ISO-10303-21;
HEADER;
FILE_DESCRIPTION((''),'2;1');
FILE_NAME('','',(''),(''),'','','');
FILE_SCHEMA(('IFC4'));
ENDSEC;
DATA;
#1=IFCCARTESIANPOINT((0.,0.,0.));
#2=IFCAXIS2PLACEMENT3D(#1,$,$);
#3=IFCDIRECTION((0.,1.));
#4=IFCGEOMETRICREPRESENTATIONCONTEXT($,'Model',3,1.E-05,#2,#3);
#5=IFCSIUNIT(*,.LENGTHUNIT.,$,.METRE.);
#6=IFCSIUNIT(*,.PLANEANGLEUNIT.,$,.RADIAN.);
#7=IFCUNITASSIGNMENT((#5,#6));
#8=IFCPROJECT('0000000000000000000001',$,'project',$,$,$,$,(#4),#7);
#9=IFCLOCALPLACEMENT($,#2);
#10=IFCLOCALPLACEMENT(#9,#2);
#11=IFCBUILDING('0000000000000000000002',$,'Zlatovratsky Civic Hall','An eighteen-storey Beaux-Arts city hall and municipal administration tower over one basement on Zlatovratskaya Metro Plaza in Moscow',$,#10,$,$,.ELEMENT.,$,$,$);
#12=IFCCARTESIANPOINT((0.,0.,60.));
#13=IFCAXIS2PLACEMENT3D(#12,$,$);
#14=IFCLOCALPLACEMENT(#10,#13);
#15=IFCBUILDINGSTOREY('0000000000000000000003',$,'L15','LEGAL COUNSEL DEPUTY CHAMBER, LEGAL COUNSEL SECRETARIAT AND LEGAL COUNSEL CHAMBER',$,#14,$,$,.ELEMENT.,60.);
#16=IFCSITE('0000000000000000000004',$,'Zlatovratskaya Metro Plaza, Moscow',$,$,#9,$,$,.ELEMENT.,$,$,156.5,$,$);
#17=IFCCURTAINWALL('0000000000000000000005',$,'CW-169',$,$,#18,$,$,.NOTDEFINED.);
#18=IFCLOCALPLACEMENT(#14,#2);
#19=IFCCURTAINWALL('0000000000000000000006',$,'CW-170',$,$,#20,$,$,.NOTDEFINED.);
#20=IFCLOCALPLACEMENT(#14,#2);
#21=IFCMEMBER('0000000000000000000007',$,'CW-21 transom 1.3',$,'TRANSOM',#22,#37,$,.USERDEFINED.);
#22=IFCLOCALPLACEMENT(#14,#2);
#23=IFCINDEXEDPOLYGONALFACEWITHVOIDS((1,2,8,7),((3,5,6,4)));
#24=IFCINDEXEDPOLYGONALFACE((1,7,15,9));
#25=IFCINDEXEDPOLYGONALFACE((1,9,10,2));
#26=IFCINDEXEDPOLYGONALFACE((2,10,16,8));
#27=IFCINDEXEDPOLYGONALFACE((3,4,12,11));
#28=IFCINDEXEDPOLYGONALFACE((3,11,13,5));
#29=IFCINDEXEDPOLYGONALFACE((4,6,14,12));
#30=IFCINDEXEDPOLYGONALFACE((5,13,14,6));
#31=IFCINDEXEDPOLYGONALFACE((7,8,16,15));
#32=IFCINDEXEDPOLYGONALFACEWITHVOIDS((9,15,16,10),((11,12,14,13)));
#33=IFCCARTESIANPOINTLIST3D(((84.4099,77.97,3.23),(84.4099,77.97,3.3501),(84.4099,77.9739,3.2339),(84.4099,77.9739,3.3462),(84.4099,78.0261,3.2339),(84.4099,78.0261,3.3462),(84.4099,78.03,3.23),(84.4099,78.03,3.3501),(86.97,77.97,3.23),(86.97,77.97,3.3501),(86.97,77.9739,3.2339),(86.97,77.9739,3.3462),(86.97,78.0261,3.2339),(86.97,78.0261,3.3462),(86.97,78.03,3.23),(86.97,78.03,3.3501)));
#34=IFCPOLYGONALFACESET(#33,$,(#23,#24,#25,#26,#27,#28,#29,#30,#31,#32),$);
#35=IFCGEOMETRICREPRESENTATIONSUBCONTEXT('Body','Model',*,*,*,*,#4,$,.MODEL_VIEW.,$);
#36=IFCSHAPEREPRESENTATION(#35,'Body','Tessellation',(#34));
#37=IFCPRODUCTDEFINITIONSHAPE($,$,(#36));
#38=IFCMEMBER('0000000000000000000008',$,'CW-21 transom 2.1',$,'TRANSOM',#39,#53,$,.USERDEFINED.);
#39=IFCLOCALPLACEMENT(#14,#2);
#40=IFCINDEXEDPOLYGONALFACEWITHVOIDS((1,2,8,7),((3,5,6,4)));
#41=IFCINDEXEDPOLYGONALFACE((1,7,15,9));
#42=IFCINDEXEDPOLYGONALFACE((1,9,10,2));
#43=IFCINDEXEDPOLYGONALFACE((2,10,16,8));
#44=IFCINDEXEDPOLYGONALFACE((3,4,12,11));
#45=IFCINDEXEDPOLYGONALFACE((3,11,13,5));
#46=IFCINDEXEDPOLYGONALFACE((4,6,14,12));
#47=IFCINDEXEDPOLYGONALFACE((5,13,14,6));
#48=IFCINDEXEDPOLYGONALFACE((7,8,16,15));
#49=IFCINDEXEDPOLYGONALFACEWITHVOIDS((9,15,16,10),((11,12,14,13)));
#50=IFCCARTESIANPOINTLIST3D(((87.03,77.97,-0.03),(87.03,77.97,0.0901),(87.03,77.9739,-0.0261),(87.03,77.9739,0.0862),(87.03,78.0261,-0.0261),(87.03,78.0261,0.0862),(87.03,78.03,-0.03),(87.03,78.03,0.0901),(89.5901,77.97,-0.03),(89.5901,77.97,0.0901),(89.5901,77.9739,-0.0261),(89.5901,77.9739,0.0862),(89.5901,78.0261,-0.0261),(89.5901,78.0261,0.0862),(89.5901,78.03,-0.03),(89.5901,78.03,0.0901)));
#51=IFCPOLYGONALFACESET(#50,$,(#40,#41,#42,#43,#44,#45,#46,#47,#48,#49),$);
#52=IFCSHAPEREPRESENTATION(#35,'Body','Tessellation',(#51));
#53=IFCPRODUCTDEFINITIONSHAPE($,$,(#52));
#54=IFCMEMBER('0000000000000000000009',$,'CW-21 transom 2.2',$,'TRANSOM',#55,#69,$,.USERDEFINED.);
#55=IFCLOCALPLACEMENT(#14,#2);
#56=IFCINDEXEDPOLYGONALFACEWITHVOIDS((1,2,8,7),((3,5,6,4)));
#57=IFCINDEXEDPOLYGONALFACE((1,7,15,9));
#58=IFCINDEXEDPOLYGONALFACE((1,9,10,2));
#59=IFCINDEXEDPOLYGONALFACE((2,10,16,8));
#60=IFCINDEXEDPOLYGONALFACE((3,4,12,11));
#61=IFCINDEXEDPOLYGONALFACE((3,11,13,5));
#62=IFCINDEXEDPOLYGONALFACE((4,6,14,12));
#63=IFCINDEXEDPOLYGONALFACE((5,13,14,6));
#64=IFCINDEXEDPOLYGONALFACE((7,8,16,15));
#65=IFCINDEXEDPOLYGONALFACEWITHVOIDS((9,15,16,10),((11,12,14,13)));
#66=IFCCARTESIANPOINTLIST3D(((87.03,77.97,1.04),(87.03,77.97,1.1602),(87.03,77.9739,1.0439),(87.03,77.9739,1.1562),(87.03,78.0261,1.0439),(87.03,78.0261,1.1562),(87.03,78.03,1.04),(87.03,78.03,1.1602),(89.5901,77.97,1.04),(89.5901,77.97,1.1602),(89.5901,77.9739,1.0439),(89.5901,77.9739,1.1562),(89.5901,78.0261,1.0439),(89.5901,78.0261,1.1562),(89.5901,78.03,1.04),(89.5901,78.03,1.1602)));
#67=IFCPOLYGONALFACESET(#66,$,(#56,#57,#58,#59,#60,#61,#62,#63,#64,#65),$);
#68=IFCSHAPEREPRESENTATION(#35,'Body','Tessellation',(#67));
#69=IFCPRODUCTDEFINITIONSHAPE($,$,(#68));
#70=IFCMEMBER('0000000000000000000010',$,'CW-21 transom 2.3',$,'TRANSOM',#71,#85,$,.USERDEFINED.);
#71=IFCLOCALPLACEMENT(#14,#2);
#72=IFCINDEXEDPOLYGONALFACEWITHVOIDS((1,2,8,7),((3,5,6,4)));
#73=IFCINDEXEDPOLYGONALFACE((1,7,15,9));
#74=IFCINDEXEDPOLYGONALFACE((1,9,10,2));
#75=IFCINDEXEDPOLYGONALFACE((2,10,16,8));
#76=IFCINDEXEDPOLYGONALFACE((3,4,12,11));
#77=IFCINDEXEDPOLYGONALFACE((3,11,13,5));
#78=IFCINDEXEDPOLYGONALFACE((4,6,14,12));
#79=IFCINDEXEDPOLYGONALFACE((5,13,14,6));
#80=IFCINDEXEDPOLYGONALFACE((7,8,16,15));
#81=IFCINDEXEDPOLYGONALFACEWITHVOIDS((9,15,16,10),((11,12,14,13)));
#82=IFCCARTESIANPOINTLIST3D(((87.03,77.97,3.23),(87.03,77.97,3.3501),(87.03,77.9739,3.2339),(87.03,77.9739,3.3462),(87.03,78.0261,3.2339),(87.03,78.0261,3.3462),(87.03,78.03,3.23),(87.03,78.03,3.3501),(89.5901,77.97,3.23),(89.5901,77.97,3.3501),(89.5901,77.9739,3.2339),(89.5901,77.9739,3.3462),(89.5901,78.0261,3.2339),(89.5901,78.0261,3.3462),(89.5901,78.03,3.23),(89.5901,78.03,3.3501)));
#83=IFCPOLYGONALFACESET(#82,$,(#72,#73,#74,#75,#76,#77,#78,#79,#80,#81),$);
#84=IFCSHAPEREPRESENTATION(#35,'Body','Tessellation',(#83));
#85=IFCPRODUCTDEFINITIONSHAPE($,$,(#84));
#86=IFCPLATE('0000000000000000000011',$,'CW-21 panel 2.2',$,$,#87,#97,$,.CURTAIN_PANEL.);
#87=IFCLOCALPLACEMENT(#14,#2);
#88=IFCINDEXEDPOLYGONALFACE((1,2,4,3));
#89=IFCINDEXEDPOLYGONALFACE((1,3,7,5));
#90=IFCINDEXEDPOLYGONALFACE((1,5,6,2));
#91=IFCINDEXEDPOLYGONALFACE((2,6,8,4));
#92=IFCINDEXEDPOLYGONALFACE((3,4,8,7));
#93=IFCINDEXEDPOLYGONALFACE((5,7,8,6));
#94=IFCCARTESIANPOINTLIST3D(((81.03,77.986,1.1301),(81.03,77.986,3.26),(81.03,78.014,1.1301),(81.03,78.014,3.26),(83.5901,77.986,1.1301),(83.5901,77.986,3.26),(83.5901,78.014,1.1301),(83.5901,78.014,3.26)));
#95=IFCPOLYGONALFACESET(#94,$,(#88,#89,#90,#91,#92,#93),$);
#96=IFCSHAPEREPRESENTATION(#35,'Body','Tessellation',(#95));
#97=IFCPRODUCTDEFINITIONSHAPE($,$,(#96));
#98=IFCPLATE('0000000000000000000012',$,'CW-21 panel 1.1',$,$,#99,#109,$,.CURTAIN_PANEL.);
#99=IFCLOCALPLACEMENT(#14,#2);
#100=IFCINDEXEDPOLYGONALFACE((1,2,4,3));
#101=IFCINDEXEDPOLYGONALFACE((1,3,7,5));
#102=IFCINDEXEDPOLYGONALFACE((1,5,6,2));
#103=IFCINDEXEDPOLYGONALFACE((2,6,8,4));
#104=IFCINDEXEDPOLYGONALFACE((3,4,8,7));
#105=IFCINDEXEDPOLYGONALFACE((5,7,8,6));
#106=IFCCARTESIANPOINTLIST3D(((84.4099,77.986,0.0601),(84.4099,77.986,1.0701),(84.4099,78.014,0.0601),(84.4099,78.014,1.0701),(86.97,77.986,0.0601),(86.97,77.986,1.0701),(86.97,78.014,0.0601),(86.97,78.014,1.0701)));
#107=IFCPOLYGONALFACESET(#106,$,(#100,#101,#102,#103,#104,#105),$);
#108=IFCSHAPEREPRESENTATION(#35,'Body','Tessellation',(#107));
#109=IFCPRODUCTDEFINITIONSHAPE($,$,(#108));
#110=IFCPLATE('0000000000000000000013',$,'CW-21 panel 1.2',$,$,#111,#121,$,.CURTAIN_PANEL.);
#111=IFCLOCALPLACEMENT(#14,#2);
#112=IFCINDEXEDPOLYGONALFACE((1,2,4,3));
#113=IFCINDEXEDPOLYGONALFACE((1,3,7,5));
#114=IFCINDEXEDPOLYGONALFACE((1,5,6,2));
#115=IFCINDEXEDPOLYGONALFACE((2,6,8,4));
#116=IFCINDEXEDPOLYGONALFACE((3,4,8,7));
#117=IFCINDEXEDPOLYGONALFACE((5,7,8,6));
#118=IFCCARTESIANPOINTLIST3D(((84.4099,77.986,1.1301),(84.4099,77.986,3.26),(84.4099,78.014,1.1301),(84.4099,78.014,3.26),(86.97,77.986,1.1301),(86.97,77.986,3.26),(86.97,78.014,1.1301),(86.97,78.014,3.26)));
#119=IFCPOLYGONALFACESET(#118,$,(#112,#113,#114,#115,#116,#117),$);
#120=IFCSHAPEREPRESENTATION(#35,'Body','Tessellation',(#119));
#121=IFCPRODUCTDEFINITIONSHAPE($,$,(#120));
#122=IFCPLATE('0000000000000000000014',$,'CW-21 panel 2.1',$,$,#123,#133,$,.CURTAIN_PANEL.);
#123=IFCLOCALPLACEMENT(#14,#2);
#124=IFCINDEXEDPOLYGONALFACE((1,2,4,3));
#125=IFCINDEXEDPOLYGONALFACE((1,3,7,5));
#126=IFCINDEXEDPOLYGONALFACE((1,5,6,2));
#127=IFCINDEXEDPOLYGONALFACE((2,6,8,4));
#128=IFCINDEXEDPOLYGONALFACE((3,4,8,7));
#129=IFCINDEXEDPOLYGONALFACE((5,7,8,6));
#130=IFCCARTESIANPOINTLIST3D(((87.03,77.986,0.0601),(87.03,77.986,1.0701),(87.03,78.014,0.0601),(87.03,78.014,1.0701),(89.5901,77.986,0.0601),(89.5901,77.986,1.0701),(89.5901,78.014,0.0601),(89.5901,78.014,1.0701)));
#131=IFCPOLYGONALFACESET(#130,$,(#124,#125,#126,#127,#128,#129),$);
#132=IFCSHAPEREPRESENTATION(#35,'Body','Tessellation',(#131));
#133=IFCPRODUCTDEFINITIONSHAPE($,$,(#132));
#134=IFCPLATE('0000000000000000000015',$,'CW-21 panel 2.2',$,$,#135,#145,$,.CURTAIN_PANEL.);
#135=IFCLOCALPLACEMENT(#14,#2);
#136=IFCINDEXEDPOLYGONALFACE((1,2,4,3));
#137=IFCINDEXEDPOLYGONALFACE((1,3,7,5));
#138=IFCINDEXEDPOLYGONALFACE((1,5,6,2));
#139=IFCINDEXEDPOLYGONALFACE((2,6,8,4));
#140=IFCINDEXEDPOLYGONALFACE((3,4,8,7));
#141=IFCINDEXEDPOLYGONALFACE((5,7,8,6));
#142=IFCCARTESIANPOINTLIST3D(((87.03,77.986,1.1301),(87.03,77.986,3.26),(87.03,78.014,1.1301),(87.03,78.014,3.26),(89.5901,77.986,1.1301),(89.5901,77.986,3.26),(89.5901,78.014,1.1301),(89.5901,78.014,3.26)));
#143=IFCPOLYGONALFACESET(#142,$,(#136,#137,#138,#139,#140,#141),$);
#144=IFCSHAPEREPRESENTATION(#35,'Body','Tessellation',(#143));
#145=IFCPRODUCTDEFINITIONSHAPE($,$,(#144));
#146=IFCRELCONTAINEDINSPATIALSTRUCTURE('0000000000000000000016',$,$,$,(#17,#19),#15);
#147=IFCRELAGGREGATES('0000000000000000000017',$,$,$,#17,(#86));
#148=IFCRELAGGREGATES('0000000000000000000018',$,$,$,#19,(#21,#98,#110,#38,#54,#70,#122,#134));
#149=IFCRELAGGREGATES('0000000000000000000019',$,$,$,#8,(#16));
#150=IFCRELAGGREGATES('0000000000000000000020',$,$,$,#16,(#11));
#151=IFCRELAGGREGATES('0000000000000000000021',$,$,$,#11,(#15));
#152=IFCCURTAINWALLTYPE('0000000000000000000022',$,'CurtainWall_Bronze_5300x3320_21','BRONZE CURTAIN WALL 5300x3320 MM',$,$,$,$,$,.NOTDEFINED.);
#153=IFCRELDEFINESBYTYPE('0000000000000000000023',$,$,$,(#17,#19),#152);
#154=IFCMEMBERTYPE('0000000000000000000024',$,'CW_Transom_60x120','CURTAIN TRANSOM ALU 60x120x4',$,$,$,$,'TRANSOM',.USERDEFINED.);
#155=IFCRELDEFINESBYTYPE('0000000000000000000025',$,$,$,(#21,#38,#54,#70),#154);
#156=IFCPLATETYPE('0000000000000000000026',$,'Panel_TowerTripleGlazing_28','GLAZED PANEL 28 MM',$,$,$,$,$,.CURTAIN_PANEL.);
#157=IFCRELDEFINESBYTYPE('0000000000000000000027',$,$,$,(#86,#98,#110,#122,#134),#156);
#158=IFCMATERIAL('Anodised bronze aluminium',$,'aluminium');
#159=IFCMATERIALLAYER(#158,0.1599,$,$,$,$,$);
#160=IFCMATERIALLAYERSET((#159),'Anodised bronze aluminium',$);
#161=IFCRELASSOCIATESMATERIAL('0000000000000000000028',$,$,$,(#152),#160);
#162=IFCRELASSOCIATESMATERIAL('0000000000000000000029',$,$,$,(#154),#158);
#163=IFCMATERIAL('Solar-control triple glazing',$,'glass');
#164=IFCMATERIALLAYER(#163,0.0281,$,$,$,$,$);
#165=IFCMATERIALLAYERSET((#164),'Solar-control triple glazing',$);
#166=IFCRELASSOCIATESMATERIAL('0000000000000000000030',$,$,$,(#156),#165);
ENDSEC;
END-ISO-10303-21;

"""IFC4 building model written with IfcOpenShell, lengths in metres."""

from ifc_helpers import new_model, si_unit, direction, frame, origin, origin_2d, place, context, subcontext, project, spatial, rectangle, hollow_rectangle, extrude, material, layer, layer_set, material_profile, profile_set, type_object, element, aggregate, save


model = new_model("IFC4")

# Units and contexts
model_context = context("Model", 3, precision=1e-05, world=origin(), true_north=direction((0.0, 1.0)))
body_context = subcontext(model_context, "Body", "Model", "MODEL_VIEW")
ifc_project = project(units=[si_unit("LENGTHUNIT", "METRE"), si_unit("PLANEANGLEUNIT", "RADIAN")], contexts=[model_context])

# Site, building, storey
site_placement = place(None, origin())
site = spatial("IfcSite", under=ifc_project, at=site_placement, Name="Zlatovratskaya Metro Plaza, Moscow", CompositionType="ELEMENT", RefElevation=156.5)
building_placement = place(site_placement, origin())
building = spatial("IfcBuilding", under=site, at=building_placement, Name="Zlatovratsky Civic Hall", Description="An eighteen-storey Beaux-Arts city hall and municipal administration tower over one basement on Zlatovratskaya Metro Plaza in Moscow", CompositionType="ELEMENT")
storey_placement = place(building_placement, frame((0.0, 0.0, 60.0)))
storey = spatial("IfcBuildingStorey", under=building, at=storey_placement, Name="L15", Description="LEGAL COUNSEL DEPUTY CHAMBER, LEGAL COUNSEL SECRETARIAT AND LEGAL COUNSEL CHAMBER", CompositionType="ELEMENT", Elevation=60.0)

# Curtain wall
ifc_material_1 = material(Name="Anodised bronze aluminium", Category="aluminium")
ifc_layer_1 = layer(ifc_material_1, 0.1599)
ifc_layer_set_1 = layer_set([ifc_layer_1], Name="Anodised bronze aluminium")
curtain_wall_type = type_object("IfcCurtainWallType", Name="CurtainWall_Bronze_5300x3320_21", Description="BRONZE CURTAIN WALL 5300x3320 MM", PredefinedType="NOTDEFINED", material=ifc_layer_set_1)
curtain_wall_1_placement = place(storey_placement, origin())
curtain_wall_1 = element("IfcCurtainWall", 1, at=curtain_wall_1_placement, inside=storey, type_object=curtain_wall_type, Name="CW-169", PredefinedType="NOTDEFINED")

# Curtain wall, members
curtain_wall_2_placement = place(storey_placement, origin())
curtain_wall_2 = element("IfcCurtainWall", 2, at=curtain_wall_2_placement, inside=storey, type_object=curtain_wall_type, Name="CW-170", PredefinedType="NOTDEFINED")
ifc_material_profile_1 = material_profile(ifc_material_1, hollow_rectangle(XDim=0.0601, YDim=0.1201, WallThickness=0.0039, at=origin_2d()), Name="ALU 60x120x4")
ifc_profile_set_1 = profile_set([ifc_material_profile_1], Name="Anodised bronze aluminium")
member_type_1 = type_object("IfcMemberType", Name="CW_Transom_60x120", Description="CURTAIN TRANSOM ALU 60x120x4", ElementType="TRANSOM", PredefinedType="USERDEFINED", material=ifc_profile_set_1)
member_1_placement = place(storey_placement, frame((84.4099, 78.0, 3.29), z_axis=(1.0, 0.0, 0.0), x_axis=(0.0, 1.0, 0.0)))
member_1 = element("IfcMember", 3, at=member_1_placement, type_object=member_type_1, Name="CW-21 transom 1.3", ObjectType="TRANSOM", PredefinedType="USERDEFINED", context=body_context, shape_type="SweptSolid", body=[
    extrude(hollow_rectangle(XDim=0.0601, YDim=0.1201, WallThickness=0.0039, at=origin_2d()), origin(), (0.0, 0.0, 1.0), 2.5601),
])
member_2_placement = place(storey_placement, frame((87.03, 78.0, 0.03), z_axis=(1.0, 0.0, 0.0), x_axis=(0.0, 1.0, 0.0)))
member_2 = element("IfcMember", 4, at=member_2_placement, type_object=member_type_1, Name="CW-21 transom 2.1", ObjectType="TRANSOM", PredefinedType="USERDEFINED", context=body_context, shape_type="SweptSolid", body=[
    extrude(hollow_rectangle(XDim=0.0601, YDim=0.1201, WallThickness=0.0039, at=origin_2d()), origin(), (0.0, 0.0, 1.0), 2.5601),
])
member_3_placement = place(storey_placement, frame((87.03, 78.0, 1.1001), z_axis=(1.0, 0.0, 0.0), x_axis=(0.0, 1.0, 0.0)))
member_3 = element("IfcMember", 5, at=member_3_placement, type_object=member_type_1, Name="CW-21 transom 2.2", ObjectType="TRANSOM", PredefinedType="USERDEFINED", context=body_context, shape_type="SweptSolid", body=[
    extrude(hollow_rectangle(XDim=0.0601, YDim=0.1201, WallThickness=0.0039, at=origin_2d()), origin(), (0.0, 0.0, 1.0), 2.5601),
])
member_4_placement = place(storey_placement, frame((87.03, 78.0, 3.29), z_axis=(1.0, 0.0, 0.0), x_axis=(0.0, 1.0, 0.0)))
member_4 = element("IfcMember", 6, at=member_4_placement, type_object=member_type_1, Name="CW-21 transom 2.3", ObjectType="TRANSOM", PredefinedType="USERDEFINED", context=body_context, shape_type="SweptSolid", body=[
    extrude(hollow_rectangle(XDim=0.0601, YDim=0.1201, WallThickness=0.0039, at=origin_2d()), origin(), (0.0, 0.0, 1.0), 2.5601),
])

# Plates
ifc_material_2 = material(Name="Solar-control triple glazing", Category="glass")
ifc_layer_2 = layer(ifc_material_2, 0.0281)
ifc_layer_set_2 = layer_set([ifc_layer_2], Name="Solar-control triple glazing")
plate_type = type_object("IfcPlateType", Name="Panel_TowerTripleGlazing_28", Description="GLAZED PANEL 28 MM", PredefinedType="CURTAIN_PANEL", material=ifc_layer_set_2)
plate_1_placement = place(storey_placement, frame((82.3101, 78.0, 1.1301), z_axis=(0.0, 0.0, 1.0), x_axis=(1.0, 0.0, 0.0)))
plate_1 = element("IfcPlate", 7, at=plate_1_placement, type_object=plate_type, Name="CW-21 panel 2.2", PredefinedType="CURTAIN_PANEL", context=body_context, shape_type="SweptSolid", body=[
    extrude(rectangle(XDim=2.5601, YDim=0.0281, at=origin_2d()), origin(), (0.0, 0.0, 1.0), 2.1299),
])
aggregate(curtain_wall_1, [plate_1])
plate_2_placement = place(storey_placement, frame((85.6899, 78.0, 0.0601), z_axis=(0.0, 0.0, 1.0), x_axis=(1.0, 0.0, 0.0)))
plate_2 = element("IfcPlate", 8, at=plate_2_placement, type_object=plate_type, Name="CW-21 panel 1.1", PredefinedType="CURTAIN_PANEL", context=body_context, shape_type="SweptSolid", body=[
    extrude(rectangle(XDim=2.5601, YDim=0.0281, at=origin_2d()), origin(), (0.0, 0.0, 1.0), 1.01),
])
plate_3_placement = place(storey_placement, frame((85.6899, 78.0, 1.1301), z_axis=(0.0, 0.0, 1.0), x_axis=(1.0, 0.0, 0.0)))
plate_3 = element("IfcPlate", 9, at=plate_3_placement, type_object=plate_type, Name="CW-21 panel 1.2", PredefinedType="CURTAIN_PANEL", context=body_context, shape_type="SweptSolid", body=[
    extrude(rectangle(XDim=2.5601, YDim=0.0281, at=origin_2d()), origin(), (0.0, 0.0, 1.0), 2.1299),
])
plate_4_placement = place(storey_placement, frame((88.3101, 78.0, 0.0601), z_axis=(0.0, 0.0, 1.0), x_axis=(1.0, 0.0, 0.0)))
plate_4 = element("IfcPlate", 10, at=plate_4_placement, type_object=plate_type, Name="CW-21 panel 2.1", PredefinedType="CURTAIN_PANEL", context=body_context, shape_type="SweptSolid", body=[
    extrude(rectangle(XDim=2.5601, YDim=0.0281, at=origin_2d()), origin(), (0.0, 0.0, 1.0), 1.01),
])
plate_5_placement = place(storey_placement, frame((88.3101, 78.0, 1.1301), z_axis=(0.0, 0.0, 1.0), x_axis=(1.0, 0.0, 0.0)))
plate_5 = element("IfcPlate", 11, at=plate_5_placement, type_object=plate_type, Name="CW-21 panel 2.2", PredefinedType="CURTAIN_PANEL", context=body_context, shape_type="SweptSolid", body=[
    extrude(rectangle(XDim=2.5601, YDim=0.0281, at=origin_2d()), origin(), (0.0, 0.0, 1.0), 2.1299),
])
aggregate(curtain_wall_2, [member_1, plate_2, plate_3, member_2, member_3, member_4, plate_4, plate_5])

save(model, "model.ifc")
